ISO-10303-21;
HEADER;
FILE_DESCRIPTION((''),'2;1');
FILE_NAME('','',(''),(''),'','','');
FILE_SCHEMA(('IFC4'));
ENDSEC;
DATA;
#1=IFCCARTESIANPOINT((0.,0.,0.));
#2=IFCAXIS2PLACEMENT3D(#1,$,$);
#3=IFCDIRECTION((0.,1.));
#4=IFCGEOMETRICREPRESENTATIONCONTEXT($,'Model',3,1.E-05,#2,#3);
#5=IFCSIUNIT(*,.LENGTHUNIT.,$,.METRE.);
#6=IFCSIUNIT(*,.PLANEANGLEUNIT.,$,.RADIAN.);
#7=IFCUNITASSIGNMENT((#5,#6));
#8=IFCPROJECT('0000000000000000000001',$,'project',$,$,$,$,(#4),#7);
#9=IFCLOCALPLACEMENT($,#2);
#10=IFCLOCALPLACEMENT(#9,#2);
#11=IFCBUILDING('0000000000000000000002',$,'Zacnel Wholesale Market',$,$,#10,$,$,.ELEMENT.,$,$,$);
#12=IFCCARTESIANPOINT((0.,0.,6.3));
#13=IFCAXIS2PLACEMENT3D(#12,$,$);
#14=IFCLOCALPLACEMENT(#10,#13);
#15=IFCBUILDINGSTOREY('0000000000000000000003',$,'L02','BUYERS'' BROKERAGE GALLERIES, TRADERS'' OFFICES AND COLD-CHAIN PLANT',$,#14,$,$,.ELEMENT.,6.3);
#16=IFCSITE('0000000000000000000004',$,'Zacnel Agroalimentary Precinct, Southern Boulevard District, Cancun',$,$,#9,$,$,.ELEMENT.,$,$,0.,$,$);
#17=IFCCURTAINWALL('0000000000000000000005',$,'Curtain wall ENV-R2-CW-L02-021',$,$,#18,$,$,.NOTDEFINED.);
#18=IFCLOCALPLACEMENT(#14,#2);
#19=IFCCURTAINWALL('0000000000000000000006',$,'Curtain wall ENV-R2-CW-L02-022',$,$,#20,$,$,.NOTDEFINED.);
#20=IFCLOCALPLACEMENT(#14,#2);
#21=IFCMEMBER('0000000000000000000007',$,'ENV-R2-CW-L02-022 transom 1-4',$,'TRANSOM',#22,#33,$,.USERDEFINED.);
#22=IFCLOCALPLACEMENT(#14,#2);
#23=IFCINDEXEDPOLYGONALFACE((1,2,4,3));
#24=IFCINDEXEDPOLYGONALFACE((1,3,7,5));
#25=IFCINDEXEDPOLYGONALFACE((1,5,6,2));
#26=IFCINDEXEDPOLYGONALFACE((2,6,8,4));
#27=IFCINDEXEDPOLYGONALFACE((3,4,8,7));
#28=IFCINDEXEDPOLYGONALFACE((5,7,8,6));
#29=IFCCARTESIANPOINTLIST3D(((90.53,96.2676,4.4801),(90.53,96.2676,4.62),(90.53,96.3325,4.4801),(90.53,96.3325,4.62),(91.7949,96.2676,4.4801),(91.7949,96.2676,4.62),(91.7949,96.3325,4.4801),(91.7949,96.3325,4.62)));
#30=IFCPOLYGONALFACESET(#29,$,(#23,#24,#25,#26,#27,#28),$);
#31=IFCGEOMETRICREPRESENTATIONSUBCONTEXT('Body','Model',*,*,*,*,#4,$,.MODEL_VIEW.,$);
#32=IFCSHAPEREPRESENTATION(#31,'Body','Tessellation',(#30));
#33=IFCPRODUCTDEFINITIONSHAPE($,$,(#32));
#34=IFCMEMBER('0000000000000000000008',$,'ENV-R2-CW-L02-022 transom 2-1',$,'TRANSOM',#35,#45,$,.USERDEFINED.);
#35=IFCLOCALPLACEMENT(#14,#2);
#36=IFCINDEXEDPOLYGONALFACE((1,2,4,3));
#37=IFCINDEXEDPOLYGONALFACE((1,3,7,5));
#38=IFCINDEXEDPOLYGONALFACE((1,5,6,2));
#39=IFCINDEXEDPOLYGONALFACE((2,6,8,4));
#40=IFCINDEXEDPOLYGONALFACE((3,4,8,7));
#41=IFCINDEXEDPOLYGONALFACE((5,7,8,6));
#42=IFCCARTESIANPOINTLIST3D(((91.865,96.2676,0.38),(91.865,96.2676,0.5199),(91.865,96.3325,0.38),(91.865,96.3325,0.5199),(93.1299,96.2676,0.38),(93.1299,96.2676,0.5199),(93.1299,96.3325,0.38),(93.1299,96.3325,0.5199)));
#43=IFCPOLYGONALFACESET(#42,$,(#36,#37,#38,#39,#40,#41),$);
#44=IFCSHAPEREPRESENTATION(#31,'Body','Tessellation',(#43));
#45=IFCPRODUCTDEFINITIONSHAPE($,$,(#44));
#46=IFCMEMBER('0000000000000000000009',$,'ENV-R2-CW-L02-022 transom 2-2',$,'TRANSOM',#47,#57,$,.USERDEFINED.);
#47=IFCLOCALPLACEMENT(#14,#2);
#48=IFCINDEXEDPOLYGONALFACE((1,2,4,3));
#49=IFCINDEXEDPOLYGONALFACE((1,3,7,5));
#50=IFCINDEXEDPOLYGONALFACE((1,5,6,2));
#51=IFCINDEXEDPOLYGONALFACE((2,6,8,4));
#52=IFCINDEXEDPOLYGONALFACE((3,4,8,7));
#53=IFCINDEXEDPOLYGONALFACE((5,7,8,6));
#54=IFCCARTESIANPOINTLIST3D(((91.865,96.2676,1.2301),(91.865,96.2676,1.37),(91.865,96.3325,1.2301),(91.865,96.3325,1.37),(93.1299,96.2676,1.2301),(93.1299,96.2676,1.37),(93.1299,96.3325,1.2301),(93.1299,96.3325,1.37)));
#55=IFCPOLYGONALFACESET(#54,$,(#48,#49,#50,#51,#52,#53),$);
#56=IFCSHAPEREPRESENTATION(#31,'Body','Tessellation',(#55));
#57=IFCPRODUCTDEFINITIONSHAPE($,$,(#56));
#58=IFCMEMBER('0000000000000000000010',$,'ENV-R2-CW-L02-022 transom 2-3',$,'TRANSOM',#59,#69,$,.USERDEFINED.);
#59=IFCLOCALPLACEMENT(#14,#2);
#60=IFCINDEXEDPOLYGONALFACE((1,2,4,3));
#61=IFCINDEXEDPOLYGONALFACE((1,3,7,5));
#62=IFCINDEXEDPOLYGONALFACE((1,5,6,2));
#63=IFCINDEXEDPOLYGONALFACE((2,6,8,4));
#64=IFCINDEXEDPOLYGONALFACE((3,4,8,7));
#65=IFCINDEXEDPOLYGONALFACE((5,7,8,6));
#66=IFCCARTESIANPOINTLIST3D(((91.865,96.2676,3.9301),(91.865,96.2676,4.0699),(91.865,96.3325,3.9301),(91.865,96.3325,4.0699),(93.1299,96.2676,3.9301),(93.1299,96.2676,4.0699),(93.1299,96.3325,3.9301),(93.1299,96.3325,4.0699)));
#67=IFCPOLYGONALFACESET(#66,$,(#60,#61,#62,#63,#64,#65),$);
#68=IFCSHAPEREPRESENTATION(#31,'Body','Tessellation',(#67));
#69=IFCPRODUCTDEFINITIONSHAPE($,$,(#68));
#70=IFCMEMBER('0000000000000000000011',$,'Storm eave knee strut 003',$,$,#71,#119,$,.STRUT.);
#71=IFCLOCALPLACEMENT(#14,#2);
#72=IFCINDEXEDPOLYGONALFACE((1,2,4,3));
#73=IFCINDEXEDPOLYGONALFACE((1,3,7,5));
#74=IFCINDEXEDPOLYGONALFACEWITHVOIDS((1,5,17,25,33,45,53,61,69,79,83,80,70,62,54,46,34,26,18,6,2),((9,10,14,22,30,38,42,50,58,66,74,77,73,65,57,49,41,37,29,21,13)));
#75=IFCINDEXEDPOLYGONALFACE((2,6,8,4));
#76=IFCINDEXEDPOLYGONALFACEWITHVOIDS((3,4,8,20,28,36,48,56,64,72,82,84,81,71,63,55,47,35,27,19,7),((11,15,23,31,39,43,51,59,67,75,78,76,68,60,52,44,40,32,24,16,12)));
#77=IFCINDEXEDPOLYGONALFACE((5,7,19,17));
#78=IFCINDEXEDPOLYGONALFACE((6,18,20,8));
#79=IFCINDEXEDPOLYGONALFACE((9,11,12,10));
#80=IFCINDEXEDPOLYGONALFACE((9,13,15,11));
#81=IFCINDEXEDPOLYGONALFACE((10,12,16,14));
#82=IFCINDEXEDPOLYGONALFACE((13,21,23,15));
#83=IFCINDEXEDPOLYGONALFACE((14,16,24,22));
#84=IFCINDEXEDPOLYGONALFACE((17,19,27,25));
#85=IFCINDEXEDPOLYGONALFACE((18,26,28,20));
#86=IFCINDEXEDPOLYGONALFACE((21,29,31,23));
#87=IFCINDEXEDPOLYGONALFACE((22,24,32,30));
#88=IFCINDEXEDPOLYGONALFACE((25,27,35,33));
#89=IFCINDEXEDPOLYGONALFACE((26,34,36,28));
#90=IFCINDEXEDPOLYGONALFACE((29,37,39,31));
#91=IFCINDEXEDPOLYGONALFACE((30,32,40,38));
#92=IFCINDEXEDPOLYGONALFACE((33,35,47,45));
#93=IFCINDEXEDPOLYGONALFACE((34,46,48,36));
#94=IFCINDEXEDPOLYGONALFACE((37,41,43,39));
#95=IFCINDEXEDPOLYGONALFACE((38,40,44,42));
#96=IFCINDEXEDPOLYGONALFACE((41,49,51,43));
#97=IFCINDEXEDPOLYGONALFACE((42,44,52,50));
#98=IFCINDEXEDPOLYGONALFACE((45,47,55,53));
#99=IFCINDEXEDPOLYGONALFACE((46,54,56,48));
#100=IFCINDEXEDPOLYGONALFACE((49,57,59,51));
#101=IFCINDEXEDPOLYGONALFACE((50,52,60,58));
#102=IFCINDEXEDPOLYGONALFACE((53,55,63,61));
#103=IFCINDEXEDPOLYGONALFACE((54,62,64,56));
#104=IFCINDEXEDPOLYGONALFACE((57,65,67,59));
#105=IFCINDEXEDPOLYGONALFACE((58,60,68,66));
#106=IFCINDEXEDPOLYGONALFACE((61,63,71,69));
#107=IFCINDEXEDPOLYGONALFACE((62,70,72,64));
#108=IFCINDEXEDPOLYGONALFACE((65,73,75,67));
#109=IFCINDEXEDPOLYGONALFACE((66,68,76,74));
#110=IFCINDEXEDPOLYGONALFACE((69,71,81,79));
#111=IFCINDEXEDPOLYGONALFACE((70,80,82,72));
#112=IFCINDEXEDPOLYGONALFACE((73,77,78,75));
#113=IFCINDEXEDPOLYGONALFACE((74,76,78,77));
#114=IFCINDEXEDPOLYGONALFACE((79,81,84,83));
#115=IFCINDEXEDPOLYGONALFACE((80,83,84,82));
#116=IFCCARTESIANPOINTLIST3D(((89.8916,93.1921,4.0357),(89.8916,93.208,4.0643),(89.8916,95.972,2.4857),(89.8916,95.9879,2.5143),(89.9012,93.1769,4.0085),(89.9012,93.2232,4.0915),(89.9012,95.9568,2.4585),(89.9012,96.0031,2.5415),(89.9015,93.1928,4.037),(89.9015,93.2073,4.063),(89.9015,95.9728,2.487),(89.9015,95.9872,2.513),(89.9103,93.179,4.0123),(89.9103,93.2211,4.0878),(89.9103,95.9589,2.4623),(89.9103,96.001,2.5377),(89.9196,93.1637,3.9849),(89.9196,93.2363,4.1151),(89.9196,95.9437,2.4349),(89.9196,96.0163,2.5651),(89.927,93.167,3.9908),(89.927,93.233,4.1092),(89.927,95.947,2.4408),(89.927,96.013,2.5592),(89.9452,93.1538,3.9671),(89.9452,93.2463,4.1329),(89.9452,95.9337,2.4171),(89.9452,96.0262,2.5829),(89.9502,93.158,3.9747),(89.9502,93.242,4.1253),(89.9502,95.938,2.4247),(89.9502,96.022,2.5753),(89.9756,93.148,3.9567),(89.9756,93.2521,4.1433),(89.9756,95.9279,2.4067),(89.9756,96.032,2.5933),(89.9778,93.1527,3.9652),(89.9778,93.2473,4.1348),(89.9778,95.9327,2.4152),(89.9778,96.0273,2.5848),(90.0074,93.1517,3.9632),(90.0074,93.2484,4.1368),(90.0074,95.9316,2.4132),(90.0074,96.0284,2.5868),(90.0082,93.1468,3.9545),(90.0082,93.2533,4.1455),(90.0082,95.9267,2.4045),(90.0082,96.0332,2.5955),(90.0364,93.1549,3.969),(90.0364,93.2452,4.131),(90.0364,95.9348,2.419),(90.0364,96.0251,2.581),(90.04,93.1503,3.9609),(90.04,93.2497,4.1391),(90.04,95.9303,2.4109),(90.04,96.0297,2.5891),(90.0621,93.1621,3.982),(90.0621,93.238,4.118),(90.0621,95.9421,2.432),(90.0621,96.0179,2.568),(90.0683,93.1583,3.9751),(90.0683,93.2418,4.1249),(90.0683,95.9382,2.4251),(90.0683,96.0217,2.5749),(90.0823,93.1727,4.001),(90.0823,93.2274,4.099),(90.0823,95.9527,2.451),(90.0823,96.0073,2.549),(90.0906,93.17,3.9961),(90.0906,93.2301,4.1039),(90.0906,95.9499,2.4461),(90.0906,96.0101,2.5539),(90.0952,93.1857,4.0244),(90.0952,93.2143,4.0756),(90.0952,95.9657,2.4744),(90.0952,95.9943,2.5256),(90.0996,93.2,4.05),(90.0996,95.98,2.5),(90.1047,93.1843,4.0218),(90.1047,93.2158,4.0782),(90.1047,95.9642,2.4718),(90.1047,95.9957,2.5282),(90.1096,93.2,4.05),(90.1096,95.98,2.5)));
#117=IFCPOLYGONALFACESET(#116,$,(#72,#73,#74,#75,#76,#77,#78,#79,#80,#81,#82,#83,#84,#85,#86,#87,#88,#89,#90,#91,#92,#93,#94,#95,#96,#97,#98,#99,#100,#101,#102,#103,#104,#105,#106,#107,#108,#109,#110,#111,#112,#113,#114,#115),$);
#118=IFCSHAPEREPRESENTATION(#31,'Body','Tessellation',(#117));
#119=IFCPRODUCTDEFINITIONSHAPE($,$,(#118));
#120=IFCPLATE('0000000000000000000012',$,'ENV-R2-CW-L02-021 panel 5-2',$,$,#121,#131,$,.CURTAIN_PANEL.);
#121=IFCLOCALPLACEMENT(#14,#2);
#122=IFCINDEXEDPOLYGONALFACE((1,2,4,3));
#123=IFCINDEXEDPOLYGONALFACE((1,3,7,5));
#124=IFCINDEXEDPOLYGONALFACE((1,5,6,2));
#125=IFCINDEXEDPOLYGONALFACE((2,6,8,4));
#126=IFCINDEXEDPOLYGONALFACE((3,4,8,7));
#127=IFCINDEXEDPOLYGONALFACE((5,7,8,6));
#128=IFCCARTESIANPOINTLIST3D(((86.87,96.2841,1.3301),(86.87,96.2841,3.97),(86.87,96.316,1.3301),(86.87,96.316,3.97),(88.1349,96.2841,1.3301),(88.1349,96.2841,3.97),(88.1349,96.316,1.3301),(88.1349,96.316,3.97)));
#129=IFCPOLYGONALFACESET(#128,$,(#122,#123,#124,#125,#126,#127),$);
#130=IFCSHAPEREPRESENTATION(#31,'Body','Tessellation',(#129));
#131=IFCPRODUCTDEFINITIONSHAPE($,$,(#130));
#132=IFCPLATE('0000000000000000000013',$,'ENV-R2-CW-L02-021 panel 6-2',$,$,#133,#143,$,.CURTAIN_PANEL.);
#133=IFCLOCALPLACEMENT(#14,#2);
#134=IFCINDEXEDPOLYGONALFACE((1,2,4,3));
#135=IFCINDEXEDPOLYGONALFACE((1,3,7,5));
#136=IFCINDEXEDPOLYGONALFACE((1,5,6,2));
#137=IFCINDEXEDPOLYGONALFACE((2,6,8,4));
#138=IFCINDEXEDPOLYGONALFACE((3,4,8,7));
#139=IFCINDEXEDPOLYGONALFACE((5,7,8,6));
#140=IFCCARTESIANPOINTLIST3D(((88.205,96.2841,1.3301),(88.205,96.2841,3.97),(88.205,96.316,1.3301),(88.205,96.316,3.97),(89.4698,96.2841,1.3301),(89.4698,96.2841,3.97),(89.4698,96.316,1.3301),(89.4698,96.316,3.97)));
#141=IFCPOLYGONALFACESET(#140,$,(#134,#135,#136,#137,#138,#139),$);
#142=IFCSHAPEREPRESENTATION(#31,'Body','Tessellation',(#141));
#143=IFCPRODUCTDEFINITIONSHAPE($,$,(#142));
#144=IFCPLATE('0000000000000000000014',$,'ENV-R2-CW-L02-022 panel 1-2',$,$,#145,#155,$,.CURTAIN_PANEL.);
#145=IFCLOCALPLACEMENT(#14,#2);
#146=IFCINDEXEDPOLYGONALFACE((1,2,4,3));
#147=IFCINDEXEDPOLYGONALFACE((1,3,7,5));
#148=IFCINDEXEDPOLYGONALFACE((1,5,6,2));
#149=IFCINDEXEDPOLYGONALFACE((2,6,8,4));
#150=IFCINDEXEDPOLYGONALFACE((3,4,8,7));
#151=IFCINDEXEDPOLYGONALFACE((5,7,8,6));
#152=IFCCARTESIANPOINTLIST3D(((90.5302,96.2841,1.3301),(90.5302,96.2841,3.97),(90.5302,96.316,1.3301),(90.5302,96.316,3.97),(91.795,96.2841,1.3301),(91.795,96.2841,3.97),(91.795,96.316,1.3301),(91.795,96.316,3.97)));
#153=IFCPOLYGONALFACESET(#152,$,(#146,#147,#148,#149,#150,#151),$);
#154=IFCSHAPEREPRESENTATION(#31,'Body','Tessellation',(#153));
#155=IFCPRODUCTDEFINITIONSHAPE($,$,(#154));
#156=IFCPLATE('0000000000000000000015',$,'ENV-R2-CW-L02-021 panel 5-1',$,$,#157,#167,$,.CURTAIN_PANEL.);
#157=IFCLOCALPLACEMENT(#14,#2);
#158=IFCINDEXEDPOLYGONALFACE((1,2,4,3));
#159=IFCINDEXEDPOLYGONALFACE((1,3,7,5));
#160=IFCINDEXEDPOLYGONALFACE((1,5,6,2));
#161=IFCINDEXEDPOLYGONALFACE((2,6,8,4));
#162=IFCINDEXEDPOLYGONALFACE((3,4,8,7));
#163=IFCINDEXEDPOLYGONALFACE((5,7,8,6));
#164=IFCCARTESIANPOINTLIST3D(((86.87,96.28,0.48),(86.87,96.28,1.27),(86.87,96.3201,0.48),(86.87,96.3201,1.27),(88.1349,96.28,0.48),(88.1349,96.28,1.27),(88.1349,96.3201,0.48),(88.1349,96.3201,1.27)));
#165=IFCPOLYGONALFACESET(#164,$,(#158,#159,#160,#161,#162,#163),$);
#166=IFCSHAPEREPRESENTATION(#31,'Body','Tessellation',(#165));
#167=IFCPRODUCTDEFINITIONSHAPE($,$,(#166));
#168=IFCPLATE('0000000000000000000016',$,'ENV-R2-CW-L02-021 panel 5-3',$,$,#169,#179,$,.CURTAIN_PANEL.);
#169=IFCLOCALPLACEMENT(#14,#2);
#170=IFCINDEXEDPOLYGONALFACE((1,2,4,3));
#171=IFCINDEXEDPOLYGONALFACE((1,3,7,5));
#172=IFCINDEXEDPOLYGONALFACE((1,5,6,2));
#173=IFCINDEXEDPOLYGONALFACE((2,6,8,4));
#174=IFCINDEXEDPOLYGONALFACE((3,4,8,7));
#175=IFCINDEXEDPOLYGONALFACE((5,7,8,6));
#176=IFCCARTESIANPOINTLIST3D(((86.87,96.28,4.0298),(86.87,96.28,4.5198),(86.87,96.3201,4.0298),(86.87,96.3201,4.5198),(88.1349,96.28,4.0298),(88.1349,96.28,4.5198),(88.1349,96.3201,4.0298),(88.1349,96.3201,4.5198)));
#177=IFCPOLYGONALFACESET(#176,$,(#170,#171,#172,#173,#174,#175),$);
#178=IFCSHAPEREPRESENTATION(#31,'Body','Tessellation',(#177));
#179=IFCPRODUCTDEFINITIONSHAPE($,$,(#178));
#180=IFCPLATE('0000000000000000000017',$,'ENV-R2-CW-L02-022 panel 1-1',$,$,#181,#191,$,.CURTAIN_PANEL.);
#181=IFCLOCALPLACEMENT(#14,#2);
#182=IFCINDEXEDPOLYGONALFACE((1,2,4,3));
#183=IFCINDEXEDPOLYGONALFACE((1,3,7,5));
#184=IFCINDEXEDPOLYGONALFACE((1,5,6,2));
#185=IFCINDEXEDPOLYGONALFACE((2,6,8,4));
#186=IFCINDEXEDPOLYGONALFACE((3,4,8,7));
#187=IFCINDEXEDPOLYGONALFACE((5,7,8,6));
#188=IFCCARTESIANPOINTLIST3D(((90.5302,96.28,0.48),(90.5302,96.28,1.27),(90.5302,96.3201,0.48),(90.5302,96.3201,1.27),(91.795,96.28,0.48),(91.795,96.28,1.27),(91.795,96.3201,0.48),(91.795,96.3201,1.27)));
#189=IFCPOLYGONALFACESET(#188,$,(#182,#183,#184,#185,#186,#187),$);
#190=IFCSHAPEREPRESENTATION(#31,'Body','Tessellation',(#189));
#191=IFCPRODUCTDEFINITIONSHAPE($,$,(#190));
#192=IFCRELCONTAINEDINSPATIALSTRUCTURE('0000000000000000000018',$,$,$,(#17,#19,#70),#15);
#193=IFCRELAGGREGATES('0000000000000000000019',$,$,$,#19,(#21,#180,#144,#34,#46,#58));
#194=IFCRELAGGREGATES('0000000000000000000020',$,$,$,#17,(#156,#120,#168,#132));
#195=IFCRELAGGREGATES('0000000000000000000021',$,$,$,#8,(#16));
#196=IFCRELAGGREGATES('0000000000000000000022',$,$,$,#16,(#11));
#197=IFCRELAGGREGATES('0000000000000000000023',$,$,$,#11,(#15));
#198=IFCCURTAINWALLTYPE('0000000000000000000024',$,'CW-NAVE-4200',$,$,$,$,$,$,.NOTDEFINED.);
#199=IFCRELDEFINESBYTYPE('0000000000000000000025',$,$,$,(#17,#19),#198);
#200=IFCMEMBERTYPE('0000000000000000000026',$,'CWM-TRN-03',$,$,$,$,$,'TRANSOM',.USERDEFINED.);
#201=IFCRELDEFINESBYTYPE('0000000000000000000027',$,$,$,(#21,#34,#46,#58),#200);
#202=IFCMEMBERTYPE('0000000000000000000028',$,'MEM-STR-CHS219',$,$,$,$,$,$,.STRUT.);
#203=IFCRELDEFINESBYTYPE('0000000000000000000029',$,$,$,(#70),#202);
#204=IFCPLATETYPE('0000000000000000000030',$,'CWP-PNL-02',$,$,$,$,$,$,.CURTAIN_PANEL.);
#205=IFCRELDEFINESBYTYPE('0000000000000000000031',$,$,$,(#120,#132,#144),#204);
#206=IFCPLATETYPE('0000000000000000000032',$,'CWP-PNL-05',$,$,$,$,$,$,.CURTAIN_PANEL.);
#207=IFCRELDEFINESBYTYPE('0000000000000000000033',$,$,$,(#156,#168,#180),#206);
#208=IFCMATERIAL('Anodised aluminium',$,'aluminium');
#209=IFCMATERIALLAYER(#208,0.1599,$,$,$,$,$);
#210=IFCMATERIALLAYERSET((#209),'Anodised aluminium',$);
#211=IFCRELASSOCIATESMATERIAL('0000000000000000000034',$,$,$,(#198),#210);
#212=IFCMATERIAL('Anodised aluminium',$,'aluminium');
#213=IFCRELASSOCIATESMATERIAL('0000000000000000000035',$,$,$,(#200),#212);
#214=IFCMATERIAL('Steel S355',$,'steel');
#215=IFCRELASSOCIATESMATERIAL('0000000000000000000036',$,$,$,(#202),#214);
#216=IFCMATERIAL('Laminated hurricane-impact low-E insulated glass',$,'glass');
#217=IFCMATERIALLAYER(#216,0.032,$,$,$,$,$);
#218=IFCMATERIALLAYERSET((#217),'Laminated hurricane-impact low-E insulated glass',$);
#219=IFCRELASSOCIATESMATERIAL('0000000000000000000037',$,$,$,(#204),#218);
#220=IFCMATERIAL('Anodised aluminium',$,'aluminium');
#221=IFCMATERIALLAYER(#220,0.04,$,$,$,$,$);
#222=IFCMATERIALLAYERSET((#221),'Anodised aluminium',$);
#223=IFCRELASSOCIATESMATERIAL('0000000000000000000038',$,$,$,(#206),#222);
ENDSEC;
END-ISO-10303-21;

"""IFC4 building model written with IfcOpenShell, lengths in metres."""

from ifc_helpers import new_model, si_unit, direction, frame, origin, origin_2d, place, context, subcontext, project, spatial, rectangle, hollow_circle, extrude, material, layer, layer_set, material_profile, profile_set, type_object, element, aggregate, save


model = new_model("IFC4")

# Units and contexts
model_context = context("Model", 3, precision=1e-05, world=origin(), true_north=direction((0.0, 1.0)))
body_context = subcontext(model_context, "Body", "Model", "MODEL_VIEW")
ifc_project = project(units=[si_unit("LENGTHUNIT", "METRE"), si_unit("PLANEANGLEUNIT", "RADIAN")], contexts=[model_context])

# Site, building, storey
site_placement = place(None, origin())
site = spatial("IfcSite", under=ifc_project, at=site_placement, Name="Zacnel Agroalimentary Precinct, Southern Boulevard District, Cancun", CompositionType="ELEMENT", RefElevation=0.0)
building_placement = place(site_placement, origin())
building = spatial("IfcBuilding", under=site, at=building_placement, Name="Zacnel Wholesale Market", CompositionType="ELEMENT")
storey_placement = place(building_placement, frame((0.0, 0.0, 6.3)))
storey = spatial("IfcBuildingStorey", under=building, at=storey_placement, Name="L02", Description="BUYERS' BROKERAGE GALLERIES, TRADERS' OFFICES AND COLD-CHAIN PLANT", CompositionType="ELEMENT", Elevation=6.3)

# Curtain walls
ifc_material_1 = material(Name="Anodised aluminium", Category="aluminium")
ifc_layer_1 = layer(ifc_material_1, 0.1599)
ifc_layer_set_1 = layer_set([ifc_layer_1], Name="Anodised aluminium")
curtain_wall_type = type_object("IfcCurtainWallType", Name="CW-NAVE-4200", PredefinedType="NOTDEFINED", material=ifc_layer_set_1)
curtain_wall_1_placement = place(storey_placement, origin())
curtain_wall_1 = element("IfcCurtainWall", 1, at=curtain_wall_1_placement, inside=storey, type_object=curtain_wall_type, Name="Curtain wall ENV-R2-CW-L02-021", PredefinedType="NOTDEFINED")
curtain_wall_2_placement = place(storey_placement, origin())
curtain_wall_2 = element("IfcCurtainWall", 2, at=curtain_wall_2_placement, inside=storey, type_object=curtain_wall_type, Name="Curtain wall ENV-R2-CW-L02-022", PredefinedType="NOTDEFINED")

# Members
ifc_material_2 = material(Name="Anodised aluminium", Category="aluminium")
ifc_material_profile_1 = material_profile(ifc_material_2, rectangle(XDim=0.0649, YDim=0.1399, at=origin_2d()), Name="AW-TRANSOM 65x140")
ifc_profile_set_1 = profile_set([ifc_material_profile_1], Name="Anodised aluminium")
member_type_1 = type_object("IfcMemberType", Name="CWM-TRN-03", ElementType="TRANSOM", PredefinedType="USERDEFINED", material=ifc_profile_set_1)
member_1_placement = place(storey_placement, frame((90.53, 96.3, 4.55), z_axis=(1.0, 0.0, 0.0), x_axis=(0.0, 1.0, 0.0)))
member_1 = element("IfcMember", 3, at=member_1_placement, type_object=member_type_1, Name="ENV-R2-CW-L02-022 transom 1-4", ObjectType="TRANSOM", PredefinedType="USERDEFINED", context=body_context, shape_type="SweptSolid", body=[
    extrude(rectangle(XDim=0.0649, YDim=0.1399, at=origin_2d()), origin(), (0.0, 0.0, 1.0), 1.2649),
])
member_2_placement = place(storey_placement, frame((91.865, 96.3, 0.45), z_axis=(1.0, 0.0, 0.0), x_axis=(0.0, 1.0, 0.0)))
member_2 = element("IfcMember", 4, at=member_2_placement, type_object=member_type_1, Name="ENV-R2-CW-L02-022 transom 2-1", ObjectType="TRANSOM", PredefinedType="USERDEFINED", context=body_context, shape_type="SweptSolid", body=[
    extrude(rectangle(XDim=0.0649, YDim=0.1399, at=origin_2d()), origin(), (0.0, 0.0, 1.0), 1.2649),
])
member_3_placement = place(storey_placement, frame((91.865, 96.3, 1.3), z_axis=(1.0, 0.0, 0.0), x_axis=(0.0, 1.0, 0.0)))
member_3 = element("IfcMember", 5, at=member_3_placement, type_object=member_type_1, Name="ENV-R2-CW-L02-022 transom 2-2", ObjectType="TRANSOM", PredefinedType="USERDEFINED", context=body_context, shape_type="SweptSolid", body=[
    extrude(rectangle(XDim=0.0649, YDim=0.1399, at=origin_2d()), origin(), (0.0, 0.0, 1.0), 1.2649),
])
member_4_placement = place(storey_placement, frame((91.865, 96.3, 4.0), z_axis=(1.0, 0.0, 0.0), x_axis=(0.0, 1.0, 0.0)))
member_4 = element("IfcMember", 6, at=member_4_placement, type_object=member_type_1, Name="ENV-R2-CW-L02-022 transom 2-3", ObjectType="TRANSOM", PredefinedType="USERDEFINED", context=body_context, shape_type="SweptSolid", body=[
    extrude(rectangle(XDim=0.0649, YDim=0.1399, at=origin_2d()), origin(), (0.0, 0.0, 1.0), 1.2649),
])
ifc_material_3 = material(Name="Steel S355", Category="steel")
ifc_material_profile_2 = material_profile(ifc_material_3, hollow_circle(Radius=0.1096, WallThickness=0.01, at=origin_2d()), Name="CHS 219.1x10")
ifc_profile_set_2 = profile_set([ifc_material_profile_2], Name="Steel S355")
member_type_2 = type_object("IfcMemberType", Name="MEM-STR-CHS219", PredefinedType="STRUT", material=ifc_profile_set_2)
member_5_placement = place(storey_placement, frame((90.0, 95.98, 2.5), z_axis=(0.0, -0.873411, 0.486984), x_axis=(1.0, 0.0, 0.0)))
element("IfcMember", 7, at=member_5_placement, inside=storey, type_object=member_type_2, Name="Storm eave knee strut 003", PredefinedType="STRUT", context=body_context, shape_type="SweptSolid", body=[
    extrude(hollow_circle(Radius=0.1096, WallThickness=0.01, at=origin_2d()), origin(), (0.0, 0.0, 1.0), 3.1829),
])

# Plates
ifc_material_4 = material(Name="Laminated hurricane-impact low-E insulated glass", Category="glass")
ifc_layer_2 = layer(ifc_material_4, 0.032)
ifc_layer_set_2 = layer_set([ifc_layer_2], Name="Laminated hurricane-impact low-E insulated glass")
plate_type_1 = type_object("IfcPlateType", Name="CWP-PNL-02", PredefinedType="CURTAIN_PANEL", material=ifc_layer_set_2)
plate_1_placement = place(storey_placement, frame((87.5024, 96.3, 1.3301), z_axis=(0.0, 0.0, 1.0), x_axis=(1.0, 0.0, 0.0)))
plate_1 = element("IfcPlate", 8, at=plate_1_placement, type_object=plate_type_1, Name="ENV-R2-CW-L02-021 panel 5-2", PredefinedType="CURTAIN_PANEL", context=body_context, shape_type="SweptSolid", body=[
    extrude(rectangle(XDim=1.2649, YDim=0.032, at=origin_2d()), origin(), (0.0, 0.0, 1.0), 2.6399),
])
plate_2_placement = place(storey_placement, frame((88.8374, 96.3, 1.3301), z_axis=(0.0, 0.0, 1.0), x_axis=(1.0, 0.0, 0.0)))
plate_2 = element("IfcPlate", 9, at=plate_2_placement, type_object=plate_type_1, Name="ENV-R2-CW-L02-021 panel 6-2", PredefinedType="CURTAIN_PANEL", context=body_context, shape_type="SweptSolid", body=[
    extrude(rectangle(XDim=1.2649, YDim=0.032, at=origin_2d()), origin(), (0.0, 0.0, 1.0), 2.6399),
])
plate_3_placement = place(storey_placement, frame((91.1626, 96.3, 1.3301), z_axis=(0.0, 0.0, 1.0), x_axis=(1.0, 0.0, 0.0)))
plate_3 = element("IfcPlate", 10, at=plate_3_placement, type_object=plate_type_1, Name="ENV-R2-CW-L02-022 panel 1-2", PredefinedType="CURTAIN_PANEL", context=body_context, shape_type="SweptSolid", body=[
    extrude(rectangle(XDim=1.2649, YDim=0.032, at=origin_2d()), origin(), (0.0, 0.0, 1.0), 2.6399),
])
ifc_material_5 = material(Name="Anodised aluminium", Category="aluminium")
ifc_layer_3 = layer(ifc_material_5, 0.04)
ifc_layer_set_3 = layer_set([ifc_layer_3], Name="Anodised aluminium")
plate_type_2 = type_object("IfcPlateType", Name="CWP-PNL-05", PredefinedType="CURTAIN_PANEL", material=ifc_layer_set_3)
plate_4_placement = place(storey_placement, frame((87.5024, 96.3, 0.48), z_axis=(0.0, 0.0, 1.0), x_axis=(1.0, 0.0, 0.0)))
plate_4 = element("IfcPlate", 11, at=plate_4_placement, type_object=plate_type_2, Name="ENV-R2-CW-L02-021 panel 5-1", PredefinedType="CURTAIN_PANEL", context=body_context, shape_type="SweptSolid", body=[
    extrude(rectangle(XDim=1.2649, YDim=0.04, at=origin_2d()), origin(), (0.0, 0.0, 1.0), 0.79),
])
plate_5_placement = place(storey_placement, frame((87.5024, 96.3, 4.0298), z_axis=(0.0, 0.0, 1.0), x_axis=(1.0, 0.0, 0.0)))
plate_5 = element("IfcPlate", 12, at=plate_5_placement, type_object=plate_type_2, Name="ENV-R2-CW-L02-021 panel 5-3", PredefinedType="CURTAIN_PANEL", context=body_context, shape_type="SweptSolid", body=[
    extrude(rectangle(XDim=1.2649, YDim=0.04, at=origin_2d()), origin(), (0.0, 0.0, 1.0), 0.49),
])
plate_6_placement = place(storey_placement, frame((91.1626, 96.3, 0.48), z_axis=(0.0, 0.0, 1.0), x_axis=(1.0, 0.0, 0.0)))
plate_6 = element("IfcPlate", 13, at=plate_6_placement, type_object=plate_type_2, Name="ENV-R2-CW-L02-022 panel 1-1", PredefinedType="CURTAIN_PANEL", context=body_context, shape_type="SweptSolid", body=[
    extrude(rectangle(XDim=1.2649, YDim=0.04, at=origin_2d()), origin(), (0.0, 0.0, 1.0), 0.79),
])
aggregate(curtain_wall_2, [member_1, plate_6, plate_3, member_2, member_3, member_4])
aggregate(curtain_wall_1, [plate_4, plate_1, plate_5, plate_2])

save(model, "model.ifc")
